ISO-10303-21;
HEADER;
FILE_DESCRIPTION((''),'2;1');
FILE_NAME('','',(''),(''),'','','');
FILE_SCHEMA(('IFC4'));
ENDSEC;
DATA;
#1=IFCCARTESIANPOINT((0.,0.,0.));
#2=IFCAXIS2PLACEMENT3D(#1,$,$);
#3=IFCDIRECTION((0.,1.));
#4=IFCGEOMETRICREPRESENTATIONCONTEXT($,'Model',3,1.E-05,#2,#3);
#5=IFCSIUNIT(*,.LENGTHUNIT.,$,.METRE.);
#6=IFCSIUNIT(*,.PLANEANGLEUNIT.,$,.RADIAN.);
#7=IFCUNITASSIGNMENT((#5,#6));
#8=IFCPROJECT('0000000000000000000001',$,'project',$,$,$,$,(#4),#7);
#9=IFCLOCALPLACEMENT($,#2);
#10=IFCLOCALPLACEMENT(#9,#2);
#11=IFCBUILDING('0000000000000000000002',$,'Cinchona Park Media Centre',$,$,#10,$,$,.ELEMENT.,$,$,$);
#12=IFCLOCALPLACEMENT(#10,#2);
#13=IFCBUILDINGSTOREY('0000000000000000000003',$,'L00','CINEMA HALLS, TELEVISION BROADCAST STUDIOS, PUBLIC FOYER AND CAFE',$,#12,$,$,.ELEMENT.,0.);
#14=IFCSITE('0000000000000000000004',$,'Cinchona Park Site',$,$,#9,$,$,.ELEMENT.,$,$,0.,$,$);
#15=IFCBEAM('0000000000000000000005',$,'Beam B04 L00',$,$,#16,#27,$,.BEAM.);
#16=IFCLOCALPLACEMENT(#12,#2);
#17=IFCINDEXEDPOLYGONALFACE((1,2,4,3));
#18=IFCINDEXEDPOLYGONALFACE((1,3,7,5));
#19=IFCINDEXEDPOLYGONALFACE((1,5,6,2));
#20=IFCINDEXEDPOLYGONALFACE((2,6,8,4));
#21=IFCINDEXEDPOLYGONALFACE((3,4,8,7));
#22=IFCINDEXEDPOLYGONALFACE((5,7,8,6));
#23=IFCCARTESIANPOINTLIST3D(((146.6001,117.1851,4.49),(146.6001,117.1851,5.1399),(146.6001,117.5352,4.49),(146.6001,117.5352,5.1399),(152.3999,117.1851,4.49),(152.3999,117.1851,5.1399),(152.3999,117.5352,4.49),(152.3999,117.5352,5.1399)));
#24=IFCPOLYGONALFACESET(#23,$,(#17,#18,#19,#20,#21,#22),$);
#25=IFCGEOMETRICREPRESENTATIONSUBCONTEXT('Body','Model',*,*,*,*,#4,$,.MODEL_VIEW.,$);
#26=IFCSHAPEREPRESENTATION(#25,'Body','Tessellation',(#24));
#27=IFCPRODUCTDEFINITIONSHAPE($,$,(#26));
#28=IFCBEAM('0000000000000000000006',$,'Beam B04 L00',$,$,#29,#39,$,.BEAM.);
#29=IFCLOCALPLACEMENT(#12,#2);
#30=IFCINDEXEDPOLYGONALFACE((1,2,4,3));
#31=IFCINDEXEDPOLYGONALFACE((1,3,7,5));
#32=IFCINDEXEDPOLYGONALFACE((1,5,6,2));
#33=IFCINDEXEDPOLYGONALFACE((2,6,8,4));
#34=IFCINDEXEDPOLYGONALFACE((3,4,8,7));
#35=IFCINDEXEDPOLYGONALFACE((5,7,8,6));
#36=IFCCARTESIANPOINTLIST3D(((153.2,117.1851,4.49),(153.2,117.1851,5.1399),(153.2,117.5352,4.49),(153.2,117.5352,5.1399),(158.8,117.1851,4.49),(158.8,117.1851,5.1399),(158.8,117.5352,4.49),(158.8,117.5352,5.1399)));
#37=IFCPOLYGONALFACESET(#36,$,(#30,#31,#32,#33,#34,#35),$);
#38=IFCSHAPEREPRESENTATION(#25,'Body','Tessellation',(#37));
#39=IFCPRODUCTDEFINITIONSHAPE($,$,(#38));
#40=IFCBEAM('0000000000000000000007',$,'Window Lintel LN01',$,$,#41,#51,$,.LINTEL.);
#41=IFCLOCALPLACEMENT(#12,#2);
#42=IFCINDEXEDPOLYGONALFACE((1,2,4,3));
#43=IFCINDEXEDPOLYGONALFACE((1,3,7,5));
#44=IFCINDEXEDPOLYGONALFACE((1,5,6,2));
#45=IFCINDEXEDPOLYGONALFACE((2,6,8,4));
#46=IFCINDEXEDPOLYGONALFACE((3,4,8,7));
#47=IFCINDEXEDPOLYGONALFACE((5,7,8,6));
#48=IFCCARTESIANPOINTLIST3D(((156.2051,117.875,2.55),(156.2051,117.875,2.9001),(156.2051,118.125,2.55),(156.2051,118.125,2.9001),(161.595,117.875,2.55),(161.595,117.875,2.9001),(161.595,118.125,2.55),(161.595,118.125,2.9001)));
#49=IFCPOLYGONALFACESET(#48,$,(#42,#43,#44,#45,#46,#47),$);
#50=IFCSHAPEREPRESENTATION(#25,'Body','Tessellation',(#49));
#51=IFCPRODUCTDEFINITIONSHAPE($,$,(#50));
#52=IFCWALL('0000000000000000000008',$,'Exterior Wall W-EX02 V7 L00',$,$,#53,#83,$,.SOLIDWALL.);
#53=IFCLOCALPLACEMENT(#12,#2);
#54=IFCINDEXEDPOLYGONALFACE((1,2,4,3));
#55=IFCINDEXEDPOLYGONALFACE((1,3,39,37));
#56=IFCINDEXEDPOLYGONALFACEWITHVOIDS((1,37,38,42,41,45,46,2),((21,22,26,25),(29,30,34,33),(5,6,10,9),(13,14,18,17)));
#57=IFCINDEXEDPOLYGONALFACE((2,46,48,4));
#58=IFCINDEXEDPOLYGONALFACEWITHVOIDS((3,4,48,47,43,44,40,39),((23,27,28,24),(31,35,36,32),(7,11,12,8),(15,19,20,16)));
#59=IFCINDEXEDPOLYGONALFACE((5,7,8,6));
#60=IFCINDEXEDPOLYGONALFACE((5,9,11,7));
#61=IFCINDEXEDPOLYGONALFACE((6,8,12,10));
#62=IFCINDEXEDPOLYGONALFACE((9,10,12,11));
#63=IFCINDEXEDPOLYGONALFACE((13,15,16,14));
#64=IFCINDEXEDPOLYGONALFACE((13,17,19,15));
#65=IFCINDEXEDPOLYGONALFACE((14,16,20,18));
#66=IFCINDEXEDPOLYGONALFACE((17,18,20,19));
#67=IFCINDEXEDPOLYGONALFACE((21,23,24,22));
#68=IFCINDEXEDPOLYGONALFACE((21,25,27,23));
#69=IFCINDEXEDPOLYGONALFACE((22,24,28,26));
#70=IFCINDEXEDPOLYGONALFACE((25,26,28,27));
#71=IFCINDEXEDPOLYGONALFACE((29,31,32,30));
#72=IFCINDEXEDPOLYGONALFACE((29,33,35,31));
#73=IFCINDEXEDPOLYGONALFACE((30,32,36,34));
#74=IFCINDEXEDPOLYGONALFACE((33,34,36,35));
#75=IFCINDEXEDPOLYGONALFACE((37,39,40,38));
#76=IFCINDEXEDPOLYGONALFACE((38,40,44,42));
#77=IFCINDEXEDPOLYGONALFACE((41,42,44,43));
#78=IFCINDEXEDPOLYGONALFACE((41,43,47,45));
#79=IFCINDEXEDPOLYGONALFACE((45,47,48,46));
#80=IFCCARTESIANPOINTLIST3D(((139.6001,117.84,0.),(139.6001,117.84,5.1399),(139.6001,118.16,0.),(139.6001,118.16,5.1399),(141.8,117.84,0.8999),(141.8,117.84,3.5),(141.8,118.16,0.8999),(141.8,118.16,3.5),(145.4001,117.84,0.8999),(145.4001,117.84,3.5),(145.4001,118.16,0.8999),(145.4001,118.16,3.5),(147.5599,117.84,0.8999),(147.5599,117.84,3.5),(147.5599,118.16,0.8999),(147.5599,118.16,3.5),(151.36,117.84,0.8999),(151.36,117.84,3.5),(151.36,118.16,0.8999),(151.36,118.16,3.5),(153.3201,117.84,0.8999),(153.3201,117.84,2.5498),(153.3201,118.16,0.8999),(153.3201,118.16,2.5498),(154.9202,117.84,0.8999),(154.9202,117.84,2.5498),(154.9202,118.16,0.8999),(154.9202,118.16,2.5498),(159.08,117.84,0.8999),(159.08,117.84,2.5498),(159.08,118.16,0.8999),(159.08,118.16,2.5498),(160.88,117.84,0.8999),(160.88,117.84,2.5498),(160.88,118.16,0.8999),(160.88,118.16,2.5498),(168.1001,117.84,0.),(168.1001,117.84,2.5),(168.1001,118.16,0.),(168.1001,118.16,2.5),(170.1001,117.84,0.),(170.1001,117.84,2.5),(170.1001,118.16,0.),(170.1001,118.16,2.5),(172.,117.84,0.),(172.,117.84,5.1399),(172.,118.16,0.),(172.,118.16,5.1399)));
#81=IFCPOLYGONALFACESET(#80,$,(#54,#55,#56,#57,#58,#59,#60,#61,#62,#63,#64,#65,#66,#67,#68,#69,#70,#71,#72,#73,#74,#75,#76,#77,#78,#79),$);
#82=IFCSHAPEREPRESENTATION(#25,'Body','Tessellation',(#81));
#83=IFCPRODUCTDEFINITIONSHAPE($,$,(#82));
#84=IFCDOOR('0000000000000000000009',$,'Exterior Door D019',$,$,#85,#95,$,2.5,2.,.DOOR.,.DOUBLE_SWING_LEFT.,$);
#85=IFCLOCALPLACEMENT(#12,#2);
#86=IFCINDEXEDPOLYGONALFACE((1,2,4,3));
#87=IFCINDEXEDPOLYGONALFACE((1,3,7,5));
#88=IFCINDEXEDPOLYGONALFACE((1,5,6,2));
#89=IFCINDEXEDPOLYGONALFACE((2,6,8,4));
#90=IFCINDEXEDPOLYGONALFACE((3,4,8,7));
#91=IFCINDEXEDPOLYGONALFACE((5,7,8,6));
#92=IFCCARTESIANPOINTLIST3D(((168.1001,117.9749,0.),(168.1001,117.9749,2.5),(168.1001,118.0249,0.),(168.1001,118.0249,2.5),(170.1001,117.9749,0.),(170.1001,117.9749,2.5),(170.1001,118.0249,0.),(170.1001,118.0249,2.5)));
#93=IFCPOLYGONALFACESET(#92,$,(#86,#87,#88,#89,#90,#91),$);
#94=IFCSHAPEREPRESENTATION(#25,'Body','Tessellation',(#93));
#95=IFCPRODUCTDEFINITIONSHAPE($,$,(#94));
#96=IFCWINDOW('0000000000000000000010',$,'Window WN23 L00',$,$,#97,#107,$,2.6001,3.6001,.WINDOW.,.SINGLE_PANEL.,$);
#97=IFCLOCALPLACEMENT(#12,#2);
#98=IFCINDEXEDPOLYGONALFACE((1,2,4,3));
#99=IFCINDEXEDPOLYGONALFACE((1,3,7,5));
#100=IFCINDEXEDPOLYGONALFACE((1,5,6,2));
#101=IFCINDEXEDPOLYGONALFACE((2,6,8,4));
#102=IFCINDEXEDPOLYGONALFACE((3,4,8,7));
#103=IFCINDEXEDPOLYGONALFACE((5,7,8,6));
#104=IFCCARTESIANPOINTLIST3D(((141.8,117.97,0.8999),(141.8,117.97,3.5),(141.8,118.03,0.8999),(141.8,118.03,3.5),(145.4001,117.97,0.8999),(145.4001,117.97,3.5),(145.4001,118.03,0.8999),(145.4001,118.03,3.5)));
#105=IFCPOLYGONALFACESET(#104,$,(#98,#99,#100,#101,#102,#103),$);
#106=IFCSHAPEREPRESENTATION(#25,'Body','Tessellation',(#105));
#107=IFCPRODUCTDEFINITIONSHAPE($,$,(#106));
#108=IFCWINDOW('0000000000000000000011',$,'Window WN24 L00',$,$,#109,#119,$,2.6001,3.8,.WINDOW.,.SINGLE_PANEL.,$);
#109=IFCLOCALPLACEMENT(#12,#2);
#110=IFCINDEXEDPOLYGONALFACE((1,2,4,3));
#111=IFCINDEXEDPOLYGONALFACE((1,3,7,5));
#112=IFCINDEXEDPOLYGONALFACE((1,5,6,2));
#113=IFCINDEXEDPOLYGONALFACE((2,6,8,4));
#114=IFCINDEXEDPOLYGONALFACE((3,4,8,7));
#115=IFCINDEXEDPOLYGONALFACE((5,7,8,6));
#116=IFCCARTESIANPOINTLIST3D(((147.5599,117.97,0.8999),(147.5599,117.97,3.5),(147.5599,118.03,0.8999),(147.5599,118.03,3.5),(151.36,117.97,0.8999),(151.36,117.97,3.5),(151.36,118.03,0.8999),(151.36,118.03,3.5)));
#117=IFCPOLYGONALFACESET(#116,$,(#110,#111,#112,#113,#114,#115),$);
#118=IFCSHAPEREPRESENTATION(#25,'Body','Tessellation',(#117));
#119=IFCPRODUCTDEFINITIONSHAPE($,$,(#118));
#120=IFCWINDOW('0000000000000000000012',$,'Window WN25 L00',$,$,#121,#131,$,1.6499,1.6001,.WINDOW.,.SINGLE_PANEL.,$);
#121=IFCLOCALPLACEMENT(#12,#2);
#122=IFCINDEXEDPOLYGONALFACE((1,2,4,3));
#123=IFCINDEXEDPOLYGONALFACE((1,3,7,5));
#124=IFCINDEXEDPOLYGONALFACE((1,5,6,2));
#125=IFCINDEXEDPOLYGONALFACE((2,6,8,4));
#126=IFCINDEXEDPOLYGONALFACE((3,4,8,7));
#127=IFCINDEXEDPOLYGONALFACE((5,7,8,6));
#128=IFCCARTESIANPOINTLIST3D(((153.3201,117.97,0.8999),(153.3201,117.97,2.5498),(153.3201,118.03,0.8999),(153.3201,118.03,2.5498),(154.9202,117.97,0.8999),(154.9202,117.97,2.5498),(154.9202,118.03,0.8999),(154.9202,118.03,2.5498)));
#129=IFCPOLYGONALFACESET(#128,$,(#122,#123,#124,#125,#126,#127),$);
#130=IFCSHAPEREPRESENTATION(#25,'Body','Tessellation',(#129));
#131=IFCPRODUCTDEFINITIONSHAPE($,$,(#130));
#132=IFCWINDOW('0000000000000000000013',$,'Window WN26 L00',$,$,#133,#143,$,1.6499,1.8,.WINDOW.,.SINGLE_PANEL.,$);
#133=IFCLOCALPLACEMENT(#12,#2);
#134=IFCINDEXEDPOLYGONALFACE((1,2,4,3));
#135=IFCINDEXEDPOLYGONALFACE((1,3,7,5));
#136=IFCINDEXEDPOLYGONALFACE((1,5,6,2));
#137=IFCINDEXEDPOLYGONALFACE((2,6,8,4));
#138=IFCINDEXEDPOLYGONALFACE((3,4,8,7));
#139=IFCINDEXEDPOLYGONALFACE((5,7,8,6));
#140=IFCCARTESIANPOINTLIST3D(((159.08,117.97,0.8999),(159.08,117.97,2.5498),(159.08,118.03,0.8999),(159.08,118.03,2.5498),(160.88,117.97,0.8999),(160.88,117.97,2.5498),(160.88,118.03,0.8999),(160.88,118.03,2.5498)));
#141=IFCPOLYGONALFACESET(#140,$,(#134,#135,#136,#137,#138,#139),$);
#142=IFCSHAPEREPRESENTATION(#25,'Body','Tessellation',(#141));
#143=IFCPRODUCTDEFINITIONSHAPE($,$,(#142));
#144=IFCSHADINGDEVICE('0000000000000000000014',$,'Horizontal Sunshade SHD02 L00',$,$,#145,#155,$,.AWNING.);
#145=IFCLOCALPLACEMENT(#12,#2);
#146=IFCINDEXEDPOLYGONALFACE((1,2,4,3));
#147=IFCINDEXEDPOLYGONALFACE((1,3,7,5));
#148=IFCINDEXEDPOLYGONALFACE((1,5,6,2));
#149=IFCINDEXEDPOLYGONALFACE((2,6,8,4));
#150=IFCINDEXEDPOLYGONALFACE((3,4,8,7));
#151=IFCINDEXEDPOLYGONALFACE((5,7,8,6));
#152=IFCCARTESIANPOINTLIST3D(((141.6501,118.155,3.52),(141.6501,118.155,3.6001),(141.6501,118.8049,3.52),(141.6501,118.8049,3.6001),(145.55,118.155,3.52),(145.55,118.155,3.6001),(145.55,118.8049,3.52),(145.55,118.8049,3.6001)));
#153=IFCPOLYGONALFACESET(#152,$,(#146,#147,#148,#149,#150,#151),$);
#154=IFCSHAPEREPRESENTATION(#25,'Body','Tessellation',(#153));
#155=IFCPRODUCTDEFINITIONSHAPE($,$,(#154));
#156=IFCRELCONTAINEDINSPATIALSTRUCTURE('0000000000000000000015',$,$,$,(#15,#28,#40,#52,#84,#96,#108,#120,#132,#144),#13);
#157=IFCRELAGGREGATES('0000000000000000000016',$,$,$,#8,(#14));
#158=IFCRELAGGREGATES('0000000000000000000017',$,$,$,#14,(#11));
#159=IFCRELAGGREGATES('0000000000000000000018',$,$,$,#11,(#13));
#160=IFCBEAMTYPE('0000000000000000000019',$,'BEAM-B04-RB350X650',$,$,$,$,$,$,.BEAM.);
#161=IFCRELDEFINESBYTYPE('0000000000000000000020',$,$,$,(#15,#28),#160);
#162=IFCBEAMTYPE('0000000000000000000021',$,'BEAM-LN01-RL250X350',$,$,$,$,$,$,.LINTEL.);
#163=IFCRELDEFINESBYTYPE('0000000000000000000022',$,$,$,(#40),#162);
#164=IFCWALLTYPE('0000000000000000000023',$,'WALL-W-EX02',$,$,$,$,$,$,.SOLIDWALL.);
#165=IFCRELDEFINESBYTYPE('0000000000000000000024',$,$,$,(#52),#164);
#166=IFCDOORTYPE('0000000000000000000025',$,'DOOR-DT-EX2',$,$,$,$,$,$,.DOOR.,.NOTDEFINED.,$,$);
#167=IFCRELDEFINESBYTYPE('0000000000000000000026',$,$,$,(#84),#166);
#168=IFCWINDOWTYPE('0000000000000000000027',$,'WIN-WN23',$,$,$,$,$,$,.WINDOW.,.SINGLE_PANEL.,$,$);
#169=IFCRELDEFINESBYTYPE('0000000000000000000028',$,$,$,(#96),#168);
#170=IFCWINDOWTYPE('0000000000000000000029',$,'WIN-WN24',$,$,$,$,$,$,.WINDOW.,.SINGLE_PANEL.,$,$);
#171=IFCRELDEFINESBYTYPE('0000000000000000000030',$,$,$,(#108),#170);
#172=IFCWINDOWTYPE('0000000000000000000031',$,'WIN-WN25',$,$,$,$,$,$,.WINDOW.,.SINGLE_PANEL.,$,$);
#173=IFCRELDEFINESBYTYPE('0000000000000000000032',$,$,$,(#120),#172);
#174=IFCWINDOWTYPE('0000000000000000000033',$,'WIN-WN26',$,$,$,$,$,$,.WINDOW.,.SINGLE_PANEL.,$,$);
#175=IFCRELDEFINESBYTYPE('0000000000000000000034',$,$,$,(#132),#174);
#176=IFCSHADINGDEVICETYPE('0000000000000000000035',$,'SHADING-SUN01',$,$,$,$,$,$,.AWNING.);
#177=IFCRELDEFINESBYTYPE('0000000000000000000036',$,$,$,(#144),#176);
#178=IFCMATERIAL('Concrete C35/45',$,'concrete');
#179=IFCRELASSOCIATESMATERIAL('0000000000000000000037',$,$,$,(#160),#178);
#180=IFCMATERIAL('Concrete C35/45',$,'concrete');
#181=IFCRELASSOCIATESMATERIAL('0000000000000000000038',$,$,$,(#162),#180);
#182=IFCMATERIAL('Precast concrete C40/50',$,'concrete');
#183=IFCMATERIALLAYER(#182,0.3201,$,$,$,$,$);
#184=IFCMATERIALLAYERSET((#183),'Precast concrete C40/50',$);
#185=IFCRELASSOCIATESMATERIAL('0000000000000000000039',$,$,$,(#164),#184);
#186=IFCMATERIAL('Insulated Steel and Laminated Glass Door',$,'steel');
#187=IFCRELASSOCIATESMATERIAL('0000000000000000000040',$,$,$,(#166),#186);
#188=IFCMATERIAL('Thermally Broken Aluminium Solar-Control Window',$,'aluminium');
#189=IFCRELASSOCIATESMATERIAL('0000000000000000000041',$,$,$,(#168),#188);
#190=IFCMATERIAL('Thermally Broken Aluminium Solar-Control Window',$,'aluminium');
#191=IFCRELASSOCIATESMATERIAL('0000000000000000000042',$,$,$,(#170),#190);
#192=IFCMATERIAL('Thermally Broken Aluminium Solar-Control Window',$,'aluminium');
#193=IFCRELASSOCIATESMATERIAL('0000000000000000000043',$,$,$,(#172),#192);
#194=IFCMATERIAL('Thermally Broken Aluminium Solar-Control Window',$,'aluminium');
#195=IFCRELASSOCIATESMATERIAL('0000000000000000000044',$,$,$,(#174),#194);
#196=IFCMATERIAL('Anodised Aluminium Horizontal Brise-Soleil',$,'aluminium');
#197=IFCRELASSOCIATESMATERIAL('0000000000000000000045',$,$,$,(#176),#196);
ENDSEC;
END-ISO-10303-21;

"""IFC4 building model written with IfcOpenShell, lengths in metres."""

from ifc_helpers import new_model, si_unit, direction, frame, frame_2d, origin, origin_2d, place, context, subcontext, project, spatial, rectangle, extrude, material, layer, layer_set, material_profile, profile_set, type_object, element, fill, save


model = new_model("IFC4")

# Units and contexts
model_context = context("Model", 3, precision=1e-05, world=origin(), true_north=direction((0.0, 1.0)))
body_context = subcontext(model_context, "Body", "Model", "MODEL_VIEW")
ifc_project = project(units=[si_unit("LENGTHUNIT", "METRE"), si_unit("PLANEANGLEUNIT", "RADIAN")], contexts=[model_context])

# Site, building, storey
site_placement = place(None, origin())
site = spatial("IfcSite", under=ifc_project, at=site_placement, Name="Cinchona Park Site", CompositionType="ELEMENT", RefElevation=0.0)
building_placement = place(site_placement, origin())
building = spatial("IfcBuilding", under=site, at=building_placement, Name="Cinchona Park Media Centre", CompositionType="ELEMENT")
storey_placement = place(building_placement, origin())
storey = spatial("IfcBuildingStorey", under=building, at=storey_placement, Name="L00", Description="CINEMA HALLS, TELEVISION BROADCAST STUDIOS, PUBLIC FOYER AND CAFE", CompositionType="ELEMENT", Elevation=0.0)

# Beams
ifc_material_1 = material(Name="Concrete C35/45", Category="concrete")
ifc_material_profile_1 = material_profile(ifc_material_1, rectangle(XDim=0.3501, YDim=0.6499, at=origin_2d()), Name="RB 350X650")
ifc_profile_set_1 = profile_set([ifc_material_profile_1], Name="Concrete C35/45")
beam_type_1 = type_object("IfcBeamType", Name="BEAM-B04-RB350X650", PredefinedType="BEAM", material=ifc_profile_set_1)
beam_1_placement = place(storey_placement, frame((146.6001, 117.3601, 4.8149), z_axis=(1.0, 0.0, 0.0), x_axis=(0.0, 1.0, 0.0)))
element("IfcBeam", 1, at=beam_1_placement, inside=storey, type_object=beam_type_1, Name="Beam B04 L00", PredefinedType="BEAM", context=body_context, shape_type="SweptSolid", body=[
    extrude(rectangle(XDim=0.3501, YDim=0.6499, at=origin_2d()), origin(), (0.0, 0.0, 1.0), 5.7998),
])
beam_2_placement = place(storey_placement, frame((153.2, 117.3601, 4.8149), z_axis=(1.0, 0.0, 0.0), x_axis=(0.0, 1.0, 0.0)))
element("IfcBeam", 2, at=beam_2_placement, inside=storey, type_object=beam_type_1, Name="Beam B04 L00", PredefinedType="BEAM", context=body_context, shape_type="SweptSolid", body=[
    extrude(rectangle(XDim=0.3501, YDim=0.6499, at=origin_2d()), origin(), (0.0, 0.0, 1.0), 5.6001),
])
ifc_material_2 = material(Name="Concrete C35/45", Category="concrete")
ifc_material_profile_2 = material_profile(ifc_material_2, rectangle(XDim=0.25, YDim=0.3501, at=origin_2d()), Name="RL 250X350")
ifc_profile_set_2 = profile_set([ifc_material_profile_2], Name="Concrete C35/45")
beam_type_2 = type_object("IfcBeamType", Name="BEAM-LN01-RL250X350", PredefinedType="LINTEL", material=ifc_profile_set_2)
beam_3_placement = place(storey_placement, frame((156.2051, 118.0, 2.7251), z_axis=(1.0, 0.0, 0.0), x_axis=(0.0, 1.0, 0.0)))
element("IfcBeam", 3, at=beam_3_placement, inside=storey, type_object=beam_type_2, Name="Window Lintel LN01", PredefinedType="LINTEL", context=body_context, shape_type="SweptSolid", body=[
    extrude(rectangle(XDim=0.25, YDim=0.3501, at=origin_2d()), origin(), (0.0, 0.0, 1.0), 5.3899),
])

# Wall, openings, door, windows
ifc_material_3 = material(Name="Precast concrete C40/50", Category="concrete")
ifc_layer = layer(ifc_material_3, 0.3201)
ifc_layer_set = layer_set([ifc_layer], Name="Precast concrete C40/50")
wall_type = type_object("IfcWallType", Name="WALL-W-EX02", PredefinedType="SOLIDWALL", material=ifc_layer_set)
wall_placement = place(storey_placement, frame((139.6001, 118.0, 0.0), z_axis=(0.0, 0.0, 1.0), x_axis=(1.0, 0.0, 0.0)))
wall = element("IfcWall", 4, at=wall_placement, inside=storey, type_object=wall_type, Name="Exterior Wall W-EX02 V7 L00", PredefinedType="SOLIDWALL", context=body_context, shape_type="SweptSolid", body=[
    extrude(rectangle(XDim=32.3999, YDim=0.3201, at=frame_2d((16.2, 0.0))), origin(), (0.0, 0.0, 1.0), 5.1399),
])
opening_1_placement = place(wall_placement, frame((28.5, 0.0, 0.0)))
opening_1 = element("IfcOpeningElement", 5, at=opening_1_placement, cuts=wall, PredefinedType="OPENING", context=body_context, shape_type="SweptSolid", body=[
    extrude(rectangle(XDim=2.0, YDim=2.5, at=frame_2d((1.0, 1.25))), frame((0.0, 0.1699, 0.0), z_axis=(0.0, -1.0, 0.0), x_axis=(1.0, 0.0, 0.0)), (0.0, 0.0, 1.0), 0.3401),
])
opening_2_placement = place(wall_placement, frame((2.2, 0.0, 0.8999)))
opening_2 = element("IfcOpeningElement", 6, at=opening_2_placement, cuts=wall, PredefinedType="OPENING", context=body_context, shape_type="SweptSolid", body=[
    extrude(rectangle(XDim=3.6001, YDim=2.6001, at=frame_2d((1.8, 1.3))), frame((0.0, 0.1699, 0.0), z_axis=(0.0, -1.0, 0.0), x_axis=(1.0, 0.0, 0.0)), (0.0, 0.0, 1.0), 0.3401),
])
opening_3_placement = place(wall_placement, frame((7.96, 0.0, 0.8999)))
opening_3 = element("IfcOpeningElement", 7, at=opening_3_placement, cuts=wall, PredefinedType="OPENING", context=body_context, shape_type="SweptSolid", body=[
    extrude(rectangle(XDim=3.8, YDim=2.6001, at=frame_2d((1.8999, 1.3))), frame((0.0, 0.1699, 0.0), z_axis=(0.0, -1.0, 0.0), x_axis=(1.0, 0.0, 0.0)), (0.0, 0.0, 1.0), 0.3401),
])
opening_4_placement = place(wall_placement, frame((13.72, 0.0, 0.8999)))
opening_4 = element("IfcOpeningElement", 8, at=opening_4_placement, cuts=wall, PredefinedType="OPENING", context=body_context, shape_type="SweptSolid", body=[
    extrude(rectangle(XDim=1.6001, YDim=1.6499, at=frame_2d((0.8, 0.825))), frame((0.0, 0.1699, 0.0), z_axis=(0.0, -1.0, 0.0), x_axis=(1.0, 0.0, 0.0)), (0.0, 0.0, 1.0), 0.3401),
])
opening_5_placement = place(wall_placement, frame((19.48, 0.0, 0.8999)))
opening_5 = element("IfcOpeningElement", 9, at=opening_5_placement, cuts=wall, PredefinedType="OPENING", context=body_context, shape_type="SweptSolid", body=[
    extrude(rectangle(XDim=1.8, YDim=1.6499, at=frame_2d((0.8999, 0.825))), frame((0.0, 0.1699, 0.0), z_axis=(0.0, -1.0, 0.0), x_axis=(1.0, 0.0, 0.0)), (0.0, 0.0, 1.0), 0.3401),
])
ifc_material_4 = material(Name="Insulated Steel and Laminated Glass Door", Category="steel")
door_type = type_object("IfcDoorType", Name="DOOR-DT-EX2", OperationType="NOTDEFINED", PredefinedType="DOOR", material=ifc_material_4)
door_placement = place(opening_1_placement, origin())
door = element("IfcDoor", 10, at=door_placement, inside=storey, type_object=door_type, Name="Exterior Door D019", OperationType="DOUBLE_SWING_LEFT", OverallHeight=2.5, OverallWidth=2.0, PredefinedType="DOOR", context=body_context, shape_type="SweptSolid", body=[
    extrude(rectangle(XDim=2.0, YDim=2.5, at=frame_2d((1.0, 1.25))), frame((0.0, 0.0249, 0.0), z_axis=(0.0, -1.0, 0.0), x_axis=(1.0, 0.0, 0.0)), (0.0, 0.0, 1.0), 0.05),
])
fill(opening_1, door)
ifc_material_5 = material(Name="Thermally Broken Aluminium Solar-Control Window", Category="aluminium")
window_type_1 = type_object("IfcWindowType", Name="WIN-WN23", PartitioningType="SINGLE_PANEL", PredefinedType="WINDOW", material=ifc_material_5)
window_1_placement = place(opening_2_placement, origin())
window_1 = element("IfcWindow", 11, at=window_1_placement, inside=storey, type_object=window_type_1, Name="Window WN23 L00", OverallHeight=2.6001, OverallWidth=3.6001, PartitioningType="SINGLE_PANEL", PredefinedType="WINDOW", context=body_context, shape_type="SweptSolid", body=[
    extrude(rectangle(XDim=3.6001, YDim=2.6001, at=frame_2d((1.8, 1.3))), frame((0.0, 0.03, 0.0), z_axis=(0.0, -1.0, 0.0), x_axis=(1.0, 0.0, 0.0)), (0.0, 0.0, 1.0), 0.0601),
])
fill(opening_2, window_1)
ifc_material_6 = material(Name="Thermally Broken Aluminium Solar-Control Window", Category="aluminium")
window_type_2 = type_object("IfcWindowType", Name="WIN-WN24", PartitioningType="SINGLE_PANEL", PredefinedType="WINDOW", material=ifc_material_6)
window_2_placement = place(opening_3_placement, origin())
window_2 = element("IfcWindow", 12, at=window_2_placement, inside=storey, type_object=window_type_2, Name="Window WN24 L00", OverallHeight=2.6001, OverallWidth=3.8, PartitioningType="SINGLE_PANEL", PredefinedType="WINDOW", context=body_context, shape_type="SweptSolid", body=[
    extrude(rectangle(XDim=3.8, YDim=2.6001, at=frame_2d((1.8999, 1.3))), frame((0.0, 0.03, 0.0), z_axis=(0.0, -1.0, 0.0), x_axis=(1.0, 0.0, 0.0)), (0.0, 0.0, 1.0), 0.0601),
])
fill(opening_3, window_2)
ifc_material_7 = material(Name="Thermally Broken Aluminium Solar-Control Window", Category="aluminium")
window_type_3 = type_object("IfcWindowType", Name="WIN-WN25", PartitioningType="SINGLE_PANEL", PredefinedType="WINDOW", material=ifc_material_7)
window_3_placement = place(opening_4_placement, origin())
window_3 = element("IfcWindow", 13, at=window_3_placement, inside=storey, type_object=window_type_3, Name="Window WN25 L00", OverallHeight=1.6499, OverallWidth=1.6001, PartitioningType="SINGLE_PANEL", PredefinedType="WINDOW", context=body_context, shape_type="SweptSolid", body=[
    extrude(rectangle(XDim=1.6001, YDim=1.6499, at=frame_2d((0.8, 0.825))), frame((0.0, 0.03, 0.0), z_axis=(0.0, -1.0, 0.0), x_axis=(1.0, 0.0, 0.0)), (0.0, 0.0, 1.0), 0.0601),
])
fill(opening_4, window_3)
ifc_material_8 = material(Name="Thermally Broken Aluminium Solar-Control Window", Category="aluminium")
window_type_4 = type_object("IfcWindowType", Name="WIN-WN26", PartitioningType="SINGLE_PANEL", PredefinedType="WINDOW", material=ifc_material_8)
window_4_placement = place(opening_5_placement, origin())
window_4 = element("IfcWindow", 14, at=window_4_placement, inside=storey, type_object=window_type_4, Name="Window WN26 L00", OverallHeight=1.6499, OverallWidth=1.8, PartitioningType="SINGLE_PANEL", PredefinedType="WINDOW", context=body_context, shape_type="SweptSolid", body=[
    extrude(rectangle(XDim=1.8, YDim=1.6499, at=frame_2d((0.8999, 0.825))), frame((0.0, 0.03, 0.0), z_axis=(0.0, -1.0, 0.0), x_axis=(1.0, 0.0, 0.0)), (0.0, 0.0, 1.0), 0.0601),
])
fill(opening_5, window_4)

# Shading device
ifc_material_9 = material(Name="Anodised Aluminium Horizontal Brise-Soleil", Category="aluminium")
shading_device_type = type_object("IfcShadingDeviceType", Name="SHADING-SUN01", PredefinedType="AWNING", material=ifc_material_9)
shading_device_1_placement = place(storey_placement, frame((143.6001, 118.48, 3.52), z_axis=(0.0, 0.0, 1.0), x_axis=(1.0, 0.0, 0.0)))
element("IfcShadingDevice", 15, at=shading_device_1_placement, inside=storey, type_object=shading_device_type, Name="Horizontal Sunshade SHD02 L00", PredefinedType="AWNING", context=body_context, shape_type="SweptSolid", body=[
    extrude(rectangle(XDim=3.8999, YDim=0.6499, at=origin_2d()), origin(), (0.0, 0.0, 1.0), 0.0801),
])

save(model, "model.ifc")
